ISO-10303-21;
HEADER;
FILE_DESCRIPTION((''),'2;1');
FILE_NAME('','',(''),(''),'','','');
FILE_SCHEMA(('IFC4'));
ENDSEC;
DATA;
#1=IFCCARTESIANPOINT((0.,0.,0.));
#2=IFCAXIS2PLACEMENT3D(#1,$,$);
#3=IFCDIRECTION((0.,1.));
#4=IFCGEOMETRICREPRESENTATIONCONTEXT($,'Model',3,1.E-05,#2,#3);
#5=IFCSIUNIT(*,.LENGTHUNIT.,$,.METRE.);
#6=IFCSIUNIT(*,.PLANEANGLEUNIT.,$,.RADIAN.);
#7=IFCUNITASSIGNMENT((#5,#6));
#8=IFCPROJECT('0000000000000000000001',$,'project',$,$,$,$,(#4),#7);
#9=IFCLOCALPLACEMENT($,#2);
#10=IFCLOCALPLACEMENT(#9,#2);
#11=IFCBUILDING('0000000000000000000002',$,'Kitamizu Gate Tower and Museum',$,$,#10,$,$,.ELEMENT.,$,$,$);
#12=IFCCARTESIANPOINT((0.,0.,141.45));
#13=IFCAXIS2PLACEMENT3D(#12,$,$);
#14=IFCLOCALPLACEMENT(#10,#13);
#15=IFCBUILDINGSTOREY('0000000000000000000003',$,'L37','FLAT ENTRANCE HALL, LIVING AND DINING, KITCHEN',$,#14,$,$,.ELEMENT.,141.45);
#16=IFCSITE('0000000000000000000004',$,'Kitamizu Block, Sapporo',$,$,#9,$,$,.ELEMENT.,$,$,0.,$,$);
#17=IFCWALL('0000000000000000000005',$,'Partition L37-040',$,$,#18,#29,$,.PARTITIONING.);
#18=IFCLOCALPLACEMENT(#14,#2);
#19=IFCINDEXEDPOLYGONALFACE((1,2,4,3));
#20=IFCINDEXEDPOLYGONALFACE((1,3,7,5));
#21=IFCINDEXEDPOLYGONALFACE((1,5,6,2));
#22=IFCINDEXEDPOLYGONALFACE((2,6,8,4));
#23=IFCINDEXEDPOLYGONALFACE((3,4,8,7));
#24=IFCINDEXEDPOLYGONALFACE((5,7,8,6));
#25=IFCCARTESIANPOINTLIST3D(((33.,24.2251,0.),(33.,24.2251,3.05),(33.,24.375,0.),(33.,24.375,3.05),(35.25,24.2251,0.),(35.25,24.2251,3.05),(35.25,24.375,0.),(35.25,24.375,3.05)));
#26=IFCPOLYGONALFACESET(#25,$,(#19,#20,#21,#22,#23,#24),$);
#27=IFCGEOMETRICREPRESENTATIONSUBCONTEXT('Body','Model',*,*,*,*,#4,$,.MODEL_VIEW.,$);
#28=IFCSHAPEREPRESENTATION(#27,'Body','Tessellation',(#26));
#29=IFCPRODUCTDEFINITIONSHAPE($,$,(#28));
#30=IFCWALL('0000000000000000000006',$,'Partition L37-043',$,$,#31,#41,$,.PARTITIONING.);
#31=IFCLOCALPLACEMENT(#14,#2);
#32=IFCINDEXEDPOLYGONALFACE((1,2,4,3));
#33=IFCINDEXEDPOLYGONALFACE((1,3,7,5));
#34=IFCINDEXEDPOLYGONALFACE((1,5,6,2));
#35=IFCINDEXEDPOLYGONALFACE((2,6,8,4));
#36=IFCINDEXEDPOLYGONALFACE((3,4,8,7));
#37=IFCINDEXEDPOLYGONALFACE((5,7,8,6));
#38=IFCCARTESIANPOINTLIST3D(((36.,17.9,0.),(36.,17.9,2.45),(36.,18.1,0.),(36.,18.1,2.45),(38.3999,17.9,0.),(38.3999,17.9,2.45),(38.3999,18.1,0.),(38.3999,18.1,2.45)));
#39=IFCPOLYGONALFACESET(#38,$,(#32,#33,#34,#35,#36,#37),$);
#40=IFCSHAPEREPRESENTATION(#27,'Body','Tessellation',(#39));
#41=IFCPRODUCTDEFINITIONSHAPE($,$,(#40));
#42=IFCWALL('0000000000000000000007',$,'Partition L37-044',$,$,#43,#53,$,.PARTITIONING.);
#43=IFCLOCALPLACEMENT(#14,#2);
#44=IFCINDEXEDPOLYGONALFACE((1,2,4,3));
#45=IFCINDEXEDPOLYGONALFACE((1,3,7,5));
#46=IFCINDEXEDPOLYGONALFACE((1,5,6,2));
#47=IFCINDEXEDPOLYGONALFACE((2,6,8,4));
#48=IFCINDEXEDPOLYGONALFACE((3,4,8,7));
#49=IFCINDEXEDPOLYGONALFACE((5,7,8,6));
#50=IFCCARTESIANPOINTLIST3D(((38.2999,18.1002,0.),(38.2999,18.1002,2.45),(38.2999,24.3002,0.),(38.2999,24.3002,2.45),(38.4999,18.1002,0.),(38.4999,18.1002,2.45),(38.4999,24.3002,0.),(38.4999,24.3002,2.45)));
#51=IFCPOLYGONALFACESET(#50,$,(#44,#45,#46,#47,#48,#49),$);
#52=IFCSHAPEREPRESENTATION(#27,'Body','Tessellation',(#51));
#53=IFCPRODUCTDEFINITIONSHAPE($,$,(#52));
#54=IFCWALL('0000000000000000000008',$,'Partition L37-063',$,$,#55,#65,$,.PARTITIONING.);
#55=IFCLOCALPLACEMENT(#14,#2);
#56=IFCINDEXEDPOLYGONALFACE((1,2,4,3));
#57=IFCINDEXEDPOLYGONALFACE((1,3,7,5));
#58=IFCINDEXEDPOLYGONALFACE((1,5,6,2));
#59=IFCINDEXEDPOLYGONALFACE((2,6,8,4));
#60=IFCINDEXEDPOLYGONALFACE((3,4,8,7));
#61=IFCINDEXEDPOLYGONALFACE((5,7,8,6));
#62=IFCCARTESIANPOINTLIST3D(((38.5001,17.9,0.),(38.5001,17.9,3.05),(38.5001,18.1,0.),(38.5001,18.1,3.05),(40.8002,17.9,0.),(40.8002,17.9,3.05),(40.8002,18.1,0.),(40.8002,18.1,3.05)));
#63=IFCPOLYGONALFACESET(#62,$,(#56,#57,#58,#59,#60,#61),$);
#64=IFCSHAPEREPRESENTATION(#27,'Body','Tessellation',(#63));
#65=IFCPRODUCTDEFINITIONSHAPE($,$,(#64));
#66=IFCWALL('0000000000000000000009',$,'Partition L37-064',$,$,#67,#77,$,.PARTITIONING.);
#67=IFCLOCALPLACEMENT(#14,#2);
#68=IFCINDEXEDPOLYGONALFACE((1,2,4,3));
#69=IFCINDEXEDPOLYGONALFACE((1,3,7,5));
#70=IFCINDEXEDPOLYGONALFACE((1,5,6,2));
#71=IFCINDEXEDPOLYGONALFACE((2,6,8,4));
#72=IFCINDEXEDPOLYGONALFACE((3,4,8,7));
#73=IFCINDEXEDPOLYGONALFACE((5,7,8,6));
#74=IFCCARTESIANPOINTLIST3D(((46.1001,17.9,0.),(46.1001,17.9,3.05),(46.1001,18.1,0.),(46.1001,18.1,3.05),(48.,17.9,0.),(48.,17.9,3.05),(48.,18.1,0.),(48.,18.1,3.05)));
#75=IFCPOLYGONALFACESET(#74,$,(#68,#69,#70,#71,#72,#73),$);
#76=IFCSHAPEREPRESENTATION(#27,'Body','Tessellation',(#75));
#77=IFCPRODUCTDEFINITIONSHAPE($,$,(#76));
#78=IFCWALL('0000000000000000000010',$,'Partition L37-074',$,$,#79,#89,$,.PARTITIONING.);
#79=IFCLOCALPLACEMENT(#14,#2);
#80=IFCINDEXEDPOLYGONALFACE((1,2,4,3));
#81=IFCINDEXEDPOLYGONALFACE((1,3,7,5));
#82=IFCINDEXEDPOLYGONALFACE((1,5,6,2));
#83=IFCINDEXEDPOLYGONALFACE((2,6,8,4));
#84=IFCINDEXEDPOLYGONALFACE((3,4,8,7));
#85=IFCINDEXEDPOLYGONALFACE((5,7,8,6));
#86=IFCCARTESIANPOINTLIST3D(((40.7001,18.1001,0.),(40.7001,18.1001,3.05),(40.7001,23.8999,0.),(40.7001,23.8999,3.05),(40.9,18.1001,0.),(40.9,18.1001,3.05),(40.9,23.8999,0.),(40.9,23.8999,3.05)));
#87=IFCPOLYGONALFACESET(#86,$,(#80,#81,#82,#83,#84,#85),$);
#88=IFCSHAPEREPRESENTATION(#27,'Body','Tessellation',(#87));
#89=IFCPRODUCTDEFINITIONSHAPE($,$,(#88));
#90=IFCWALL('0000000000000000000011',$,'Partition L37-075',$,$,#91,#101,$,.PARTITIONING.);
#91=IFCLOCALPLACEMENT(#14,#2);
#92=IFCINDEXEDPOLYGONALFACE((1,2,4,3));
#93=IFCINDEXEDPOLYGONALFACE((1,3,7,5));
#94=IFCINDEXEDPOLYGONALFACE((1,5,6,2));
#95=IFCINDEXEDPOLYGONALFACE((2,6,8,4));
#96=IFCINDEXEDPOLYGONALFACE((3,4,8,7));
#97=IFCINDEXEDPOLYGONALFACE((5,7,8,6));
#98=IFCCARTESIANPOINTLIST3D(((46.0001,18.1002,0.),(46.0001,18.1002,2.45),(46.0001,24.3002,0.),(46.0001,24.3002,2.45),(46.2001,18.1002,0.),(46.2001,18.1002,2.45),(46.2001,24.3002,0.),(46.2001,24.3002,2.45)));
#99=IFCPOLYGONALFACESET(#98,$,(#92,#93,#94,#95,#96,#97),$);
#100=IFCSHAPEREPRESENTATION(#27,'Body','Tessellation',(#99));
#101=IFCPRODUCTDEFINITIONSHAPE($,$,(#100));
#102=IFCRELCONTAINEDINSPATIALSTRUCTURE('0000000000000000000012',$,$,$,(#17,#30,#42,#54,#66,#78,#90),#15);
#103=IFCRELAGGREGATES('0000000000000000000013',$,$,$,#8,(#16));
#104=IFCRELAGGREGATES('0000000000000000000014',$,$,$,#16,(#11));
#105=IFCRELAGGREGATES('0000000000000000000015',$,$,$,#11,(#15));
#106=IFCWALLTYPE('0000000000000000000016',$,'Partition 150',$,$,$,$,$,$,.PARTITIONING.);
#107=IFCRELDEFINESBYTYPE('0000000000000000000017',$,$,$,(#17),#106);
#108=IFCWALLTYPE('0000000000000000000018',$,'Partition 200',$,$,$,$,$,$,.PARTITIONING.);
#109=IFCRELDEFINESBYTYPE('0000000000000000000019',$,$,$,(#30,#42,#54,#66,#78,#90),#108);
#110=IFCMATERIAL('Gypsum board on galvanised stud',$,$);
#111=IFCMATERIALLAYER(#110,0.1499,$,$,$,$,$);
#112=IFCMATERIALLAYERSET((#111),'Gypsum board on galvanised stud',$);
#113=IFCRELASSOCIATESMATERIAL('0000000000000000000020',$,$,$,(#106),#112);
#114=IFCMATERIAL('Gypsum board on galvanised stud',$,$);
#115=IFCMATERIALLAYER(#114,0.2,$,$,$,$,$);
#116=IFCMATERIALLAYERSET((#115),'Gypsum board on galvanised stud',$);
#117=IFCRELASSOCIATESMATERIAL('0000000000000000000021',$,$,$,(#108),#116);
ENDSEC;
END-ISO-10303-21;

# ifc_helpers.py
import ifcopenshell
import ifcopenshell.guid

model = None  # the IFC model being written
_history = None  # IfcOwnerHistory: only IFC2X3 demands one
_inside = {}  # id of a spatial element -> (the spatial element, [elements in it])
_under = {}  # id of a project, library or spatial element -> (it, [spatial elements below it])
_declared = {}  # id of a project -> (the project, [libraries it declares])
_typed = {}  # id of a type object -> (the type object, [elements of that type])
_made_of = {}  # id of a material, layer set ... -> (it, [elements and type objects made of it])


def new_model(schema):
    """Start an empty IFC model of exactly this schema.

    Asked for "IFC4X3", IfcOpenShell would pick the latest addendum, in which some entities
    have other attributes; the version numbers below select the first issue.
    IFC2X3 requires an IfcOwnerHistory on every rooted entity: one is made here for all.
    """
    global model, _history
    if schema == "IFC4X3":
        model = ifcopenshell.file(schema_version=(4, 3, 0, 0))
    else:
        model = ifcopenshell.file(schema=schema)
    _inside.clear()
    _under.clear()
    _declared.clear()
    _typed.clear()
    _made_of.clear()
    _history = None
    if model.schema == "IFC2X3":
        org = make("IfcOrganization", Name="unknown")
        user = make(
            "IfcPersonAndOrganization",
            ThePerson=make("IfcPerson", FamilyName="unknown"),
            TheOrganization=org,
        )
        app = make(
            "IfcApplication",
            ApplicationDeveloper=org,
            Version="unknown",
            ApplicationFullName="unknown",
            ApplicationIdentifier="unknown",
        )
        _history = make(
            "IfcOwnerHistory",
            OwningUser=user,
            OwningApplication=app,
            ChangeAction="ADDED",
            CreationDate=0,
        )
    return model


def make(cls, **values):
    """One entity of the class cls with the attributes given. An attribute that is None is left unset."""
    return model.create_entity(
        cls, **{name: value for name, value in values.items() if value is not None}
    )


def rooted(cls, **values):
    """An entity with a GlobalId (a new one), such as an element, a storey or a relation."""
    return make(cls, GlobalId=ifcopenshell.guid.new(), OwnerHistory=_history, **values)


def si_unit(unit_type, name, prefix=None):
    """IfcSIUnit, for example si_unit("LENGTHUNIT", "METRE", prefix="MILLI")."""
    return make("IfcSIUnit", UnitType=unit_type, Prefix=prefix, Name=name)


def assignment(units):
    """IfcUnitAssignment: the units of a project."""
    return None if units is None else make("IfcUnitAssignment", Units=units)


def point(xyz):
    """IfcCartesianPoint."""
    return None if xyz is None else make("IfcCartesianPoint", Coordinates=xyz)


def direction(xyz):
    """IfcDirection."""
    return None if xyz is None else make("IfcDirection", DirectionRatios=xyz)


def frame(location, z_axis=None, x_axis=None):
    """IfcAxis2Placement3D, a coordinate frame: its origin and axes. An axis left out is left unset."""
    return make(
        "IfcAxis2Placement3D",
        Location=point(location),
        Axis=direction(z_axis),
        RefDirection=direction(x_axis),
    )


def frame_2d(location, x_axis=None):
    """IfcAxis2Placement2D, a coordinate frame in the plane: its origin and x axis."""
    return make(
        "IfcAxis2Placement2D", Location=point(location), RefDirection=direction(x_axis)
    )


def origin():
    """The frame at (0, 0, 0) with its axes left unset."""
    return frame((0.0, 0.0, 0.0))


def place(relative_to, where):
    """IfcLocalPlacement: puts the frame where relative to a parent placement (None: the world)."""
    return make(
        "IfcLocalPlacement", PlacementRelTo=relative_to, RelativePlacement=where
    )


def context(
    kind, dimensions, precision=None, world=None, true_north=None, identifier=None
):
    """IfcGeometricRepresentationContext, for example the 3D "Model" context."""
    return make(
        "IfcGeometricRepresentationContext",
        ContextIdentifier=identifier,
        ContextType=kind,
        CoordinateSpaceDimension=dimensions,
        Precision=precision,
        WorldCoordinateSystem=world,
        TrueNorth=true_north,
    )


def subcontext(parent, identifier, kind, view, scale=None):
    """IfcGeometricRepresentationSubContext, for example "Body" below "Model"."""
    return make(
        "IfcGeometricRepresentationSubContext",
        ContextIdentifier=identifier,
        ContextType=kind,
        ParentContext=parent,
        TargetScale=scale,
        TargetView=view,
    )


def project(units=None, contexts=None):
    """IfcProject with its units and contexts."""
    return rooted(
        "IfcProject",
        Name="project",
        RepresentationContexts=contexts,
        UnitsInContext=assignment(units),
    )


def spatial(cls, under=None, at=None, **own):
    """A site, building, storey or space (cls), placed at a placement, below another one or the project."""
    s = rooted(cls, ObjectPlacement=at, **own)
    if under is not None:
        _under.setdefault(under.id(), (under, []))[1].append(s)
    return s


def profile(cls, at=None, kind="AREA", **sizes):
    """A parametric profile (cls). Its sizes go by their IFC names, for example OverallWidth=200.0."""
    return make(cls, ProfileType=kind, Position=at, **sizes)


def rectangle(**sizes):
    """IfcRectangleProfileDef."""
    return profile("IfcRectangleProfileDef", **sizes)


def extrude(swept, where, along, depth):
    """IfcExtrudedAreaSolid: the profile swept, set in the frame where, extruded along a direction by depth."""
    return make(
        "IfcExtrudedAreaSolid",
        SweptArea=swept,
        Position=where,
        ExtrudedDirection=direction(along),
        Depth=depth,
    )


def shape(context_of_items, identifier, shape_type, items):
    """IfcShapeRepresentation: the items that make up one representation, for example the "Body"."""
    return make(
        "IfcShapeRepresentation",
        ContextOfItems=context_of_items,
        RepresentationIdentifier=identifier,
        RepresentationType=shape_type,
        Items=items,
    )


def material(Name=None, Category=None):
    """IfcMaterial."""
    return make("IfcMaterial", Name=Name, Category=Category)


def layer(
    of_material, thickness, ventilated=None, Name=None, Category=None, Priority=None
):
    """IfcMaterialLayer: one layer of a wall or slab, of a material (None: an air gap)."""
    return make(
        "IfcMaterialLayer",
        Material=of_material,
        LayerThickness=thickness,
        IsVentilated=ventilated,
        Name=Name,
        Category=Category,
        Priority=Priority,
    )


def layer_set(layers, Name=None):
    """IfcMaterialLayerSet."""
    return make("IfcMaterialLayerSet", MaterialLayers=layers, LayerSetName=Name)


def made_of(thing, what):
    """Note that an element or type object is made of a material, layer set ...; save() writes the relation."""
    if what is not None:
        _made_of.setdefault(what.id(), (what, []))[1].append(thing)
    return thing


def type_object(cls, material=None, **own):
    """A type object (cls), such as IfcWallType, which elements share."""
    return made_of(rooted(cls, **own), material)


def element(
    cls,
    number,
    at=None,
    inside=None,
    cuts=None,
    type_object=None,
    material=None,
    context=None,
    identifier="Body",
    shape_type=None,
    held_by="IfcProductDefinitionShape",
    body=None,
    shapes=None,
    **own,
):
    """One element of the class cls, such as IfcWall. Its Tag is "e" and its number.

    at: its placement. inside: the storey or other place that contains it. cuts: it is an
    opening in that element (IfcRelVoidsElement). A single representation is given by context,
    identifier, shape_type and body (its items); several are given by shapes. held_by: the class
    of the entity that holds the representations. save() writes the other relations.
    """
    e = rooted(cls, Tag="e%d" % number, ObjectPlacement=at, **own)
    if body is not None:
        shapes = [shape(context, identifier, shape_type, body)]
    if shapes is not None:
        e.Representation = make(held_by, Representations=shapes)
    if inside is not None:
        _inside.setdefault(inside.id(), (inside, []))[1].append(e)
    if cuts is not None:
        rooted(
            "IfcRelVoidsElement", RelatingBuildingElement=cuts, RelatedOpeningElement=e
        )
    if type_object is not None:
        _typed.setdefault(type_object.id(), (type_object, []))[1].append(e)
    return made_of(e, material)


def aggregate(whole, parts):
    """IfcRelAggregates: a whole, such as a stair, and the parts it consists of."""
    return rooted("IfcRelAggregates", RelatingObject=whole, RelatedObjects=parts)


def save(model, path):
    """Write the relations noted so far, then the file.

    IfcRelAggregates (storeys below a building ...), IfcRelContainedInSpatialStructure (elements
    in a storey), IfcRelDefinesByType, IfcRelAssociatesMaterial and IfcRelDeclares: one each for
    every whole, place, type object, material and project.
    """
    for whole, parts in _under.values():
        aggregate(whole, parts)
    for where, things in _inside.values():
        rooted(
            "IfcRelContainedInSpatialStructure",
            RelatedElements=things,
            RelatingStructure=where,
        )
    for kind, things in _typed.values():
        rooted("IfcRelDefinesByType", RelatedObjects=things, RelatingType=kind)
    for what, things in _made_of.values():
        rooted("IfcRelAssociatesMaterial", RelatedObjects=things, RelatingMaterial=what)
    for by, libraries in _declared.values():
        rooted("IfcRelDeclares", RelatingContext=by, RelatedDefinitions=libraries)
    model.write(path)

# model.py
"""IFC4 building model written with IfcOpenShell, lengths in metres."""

from ifc_helpers import new_model, si_unit, direction, frame, frame_2d, origin, place, context, subcontext, project, spatial, rectangle, extrude, material, layer, layer_set, type_object, element, save


model = new_model("IFC4")

# Units and contexts
model_context = context("Model", 3, precision=1e-05, world=origin(), true_north=direction((0.0, 1.0)))
body_context = subcontext(model_context, "Body", "Model", "MODEL_VIEW")
ifc_project = project(units=[si_unit("LENGTHUNIT", "METRE"), si_unit("PLANEANGLEUNIT", "RADIAN")], contexts=[model_context])

# Site, building, storey
site_placement = place(None, origin())
site = spatial("IfcSite", under=ifc_project, at=site_placement, Name="Kitamizu Block, Sapporo", CompositionType="ELEMENT", RefElevation=0.0)
building_placement = place(site_placement, origin())
building = spatial("IfcBuilding", under=site, at=building_placement, Name="Kitamizu Gate Tower and Museum", CompositionType="ELEMENT")
storey_placement = place(building_placement, frame((0.0, 0.0, 141.45)))
storey = spatial("IfcBuildingStorey", under=building, at=storey_placement, Name="L37", Description="FLAT ENTRANCE HALL, LIVING AND DINING, KITCHEN", CompositionType="ELEMENT", Elevation=141.45)

# Walls
ifc_material_1 = material(Name="Gypsum board on galvanised stud")
ifc_layer_1 = layer(ifc_material_1, 0.1499)
ifc_layer_set_1 = layer_set([ifc_layer_1], Name="Gypsum board on galvanised stud")
wall_type_1 = type_object("IfcWallType", Name="Partition 150", PredefinedType="PARTITIONING", material=ifc_layer_set_1)
wall_1_placement = place(storey_placement, frame((35.25, 24.3, 0.0), z_axis=(0.0, 0.0, 1.0), x_axis=(-1.0, 0.0, 0.0)))
element("IfcWall", 1, at=wall_1_placement, inside=storey, type_object=wall_type_1, Name="Partition L37-040", PredefinedType="PARTITIONING", context=body_context, shape_type="SweptSolid", body=[
    extrude(rectangle(XDim=2.25, YDim=0.1499, at=frame_2d((1.125, 0.0))), origin(), (0.0, 0.0, 1.0), 3.05),
])
ifc_material_2 = material(Name="Gypsum board on galvanised stud")
ifc_layer_2 = layer(ifc_material_2, 0.2)
ifc_layer_set_2 = layer_set([ifc_layer_2], Name="Gypsum board on galvanised stud")
wall_type_2 = type_object("IfcWallType", Name="Partition 200", PredefinedType="PARTITIONING", material=ifc_layer_set_2)
wall_2_placement = place(storey_placement, frame((36.0, 18.0, 0.0), z_axis=(0.0, 0.0, 1.0), x_axis=(1.0, 0.0, 0.0)))
element("IfcWall", 2, at=wall_2_placement, inside=storey, type_object=wall_type_2, Name="Partition L37-043", PredefinedType="PARTITIONING", context=body_context, shape_type="SweptSolid", body=[
    extrude(rectangle(XDim=2.3999, YDim=0.2, at=frame_2d((1.2, 0.0))), origin(), (0.0, 0.0, 1.0), 2.45),
])
wall_3_placement = place(storey_placement, frame((38.3999, 18.1001, 0.0), z_axis=(0.0, 0.0, 1.0), x_axis=(0.0, 1.0, 0.0)))
element("IfcWall", 3, at=wall_3_placement, inside=storey, type_object=wall_type_2, Name="Partition L37-044", PredefinedType="PARTITIONING", context=body_context, shape_type="SweptSolid", body=[
    extrude(rectangle(XDim=6.2, YDim=0.2, at=frame_2d((3.1001, 0.0))), origin(), (0.0, 0.0, 1.0), 2.45),
])
wall_4_placement = place(storey_placement, frame((40.8, 18.0, 0.0), z_axis=(0.0, 0.0, 1.0), x_axis=(-1.0, 0.0, 0.0)))
element("IfcWall", 4, at=wall_4_placement, inside=storey, type_object=wall_type_2, Name="Partition L37-063", PredefinedType="PARTITIONING", context=body_context, shape_type="SweptSolid", body=[
    extrude(rectangle(XDim=2.3, YDim=0.2, at=frame_2d((1.1499, 0.0))), origin(), (0.0, 0.0, 1.0), 3.05),
])
wall_5_placement = place(storey_placement, frame((48.0, 18.0, 0.0), z_axis=(0.0, 0.0, 1.0), x_axis=(-1.0, 0.0, 0.0)))
element("IfcWall", 5, at=wall_5_placement, inside=storey, type_object=wall_type_2, Name="Partition L37-064", PredefinedType="PARTITIONING", context=body_context, shape_type="SweptSolid", body=[
    extrude(rectangle(XDim=1.8999, YDim=0.2, at=frame_2d((0.95, 0.0))), origin(), (0.0, 0.0, 1.0), 3.05),
])
wall_6_placement = place(storey_placement, frame((40.8, 23.8999, 0.0), z_axis=(0.0, 0.0, 1.0), x_axis=(0.0, -1.0, 0.0)))
element("IfcWall", 6, at=wall_6_placement, inside=storey, type_object=wall_type_2, Name="Partition L37-074", PredefinedType="PARTITIONING", context=body_context, shape_type="SweptSolid", body=[
    extrude(rectangle(XDim=5.7998, YDim=0.2, at=frame_2d((2.8999, 0.0))), origin(), (0.0, 0.0, 1.0), 3.05),
])
wall_7_placement = place(storey_placement, frame((46.1001, 18.1001, 0.0), z_axis=(0.0, 0.0, 1.0), x_axis=(0.0, 1.0, 0.0)))
element("IfcWall", 7, at=wall_7_placement, inside=storey, type_object=wall_type_2, Name="Partition L37-075", PredefinedType="PARTITIONING", context=body_context, shape_type="SweptSolid", body=[
    extrude(rectangle(XDim=6.2, YDim=0.2, at=frame_2d((3.1001, 0.0))), origin(), (0.0, 0.0, 1.0), 2.45),
])

save(model, "model.ifc")
